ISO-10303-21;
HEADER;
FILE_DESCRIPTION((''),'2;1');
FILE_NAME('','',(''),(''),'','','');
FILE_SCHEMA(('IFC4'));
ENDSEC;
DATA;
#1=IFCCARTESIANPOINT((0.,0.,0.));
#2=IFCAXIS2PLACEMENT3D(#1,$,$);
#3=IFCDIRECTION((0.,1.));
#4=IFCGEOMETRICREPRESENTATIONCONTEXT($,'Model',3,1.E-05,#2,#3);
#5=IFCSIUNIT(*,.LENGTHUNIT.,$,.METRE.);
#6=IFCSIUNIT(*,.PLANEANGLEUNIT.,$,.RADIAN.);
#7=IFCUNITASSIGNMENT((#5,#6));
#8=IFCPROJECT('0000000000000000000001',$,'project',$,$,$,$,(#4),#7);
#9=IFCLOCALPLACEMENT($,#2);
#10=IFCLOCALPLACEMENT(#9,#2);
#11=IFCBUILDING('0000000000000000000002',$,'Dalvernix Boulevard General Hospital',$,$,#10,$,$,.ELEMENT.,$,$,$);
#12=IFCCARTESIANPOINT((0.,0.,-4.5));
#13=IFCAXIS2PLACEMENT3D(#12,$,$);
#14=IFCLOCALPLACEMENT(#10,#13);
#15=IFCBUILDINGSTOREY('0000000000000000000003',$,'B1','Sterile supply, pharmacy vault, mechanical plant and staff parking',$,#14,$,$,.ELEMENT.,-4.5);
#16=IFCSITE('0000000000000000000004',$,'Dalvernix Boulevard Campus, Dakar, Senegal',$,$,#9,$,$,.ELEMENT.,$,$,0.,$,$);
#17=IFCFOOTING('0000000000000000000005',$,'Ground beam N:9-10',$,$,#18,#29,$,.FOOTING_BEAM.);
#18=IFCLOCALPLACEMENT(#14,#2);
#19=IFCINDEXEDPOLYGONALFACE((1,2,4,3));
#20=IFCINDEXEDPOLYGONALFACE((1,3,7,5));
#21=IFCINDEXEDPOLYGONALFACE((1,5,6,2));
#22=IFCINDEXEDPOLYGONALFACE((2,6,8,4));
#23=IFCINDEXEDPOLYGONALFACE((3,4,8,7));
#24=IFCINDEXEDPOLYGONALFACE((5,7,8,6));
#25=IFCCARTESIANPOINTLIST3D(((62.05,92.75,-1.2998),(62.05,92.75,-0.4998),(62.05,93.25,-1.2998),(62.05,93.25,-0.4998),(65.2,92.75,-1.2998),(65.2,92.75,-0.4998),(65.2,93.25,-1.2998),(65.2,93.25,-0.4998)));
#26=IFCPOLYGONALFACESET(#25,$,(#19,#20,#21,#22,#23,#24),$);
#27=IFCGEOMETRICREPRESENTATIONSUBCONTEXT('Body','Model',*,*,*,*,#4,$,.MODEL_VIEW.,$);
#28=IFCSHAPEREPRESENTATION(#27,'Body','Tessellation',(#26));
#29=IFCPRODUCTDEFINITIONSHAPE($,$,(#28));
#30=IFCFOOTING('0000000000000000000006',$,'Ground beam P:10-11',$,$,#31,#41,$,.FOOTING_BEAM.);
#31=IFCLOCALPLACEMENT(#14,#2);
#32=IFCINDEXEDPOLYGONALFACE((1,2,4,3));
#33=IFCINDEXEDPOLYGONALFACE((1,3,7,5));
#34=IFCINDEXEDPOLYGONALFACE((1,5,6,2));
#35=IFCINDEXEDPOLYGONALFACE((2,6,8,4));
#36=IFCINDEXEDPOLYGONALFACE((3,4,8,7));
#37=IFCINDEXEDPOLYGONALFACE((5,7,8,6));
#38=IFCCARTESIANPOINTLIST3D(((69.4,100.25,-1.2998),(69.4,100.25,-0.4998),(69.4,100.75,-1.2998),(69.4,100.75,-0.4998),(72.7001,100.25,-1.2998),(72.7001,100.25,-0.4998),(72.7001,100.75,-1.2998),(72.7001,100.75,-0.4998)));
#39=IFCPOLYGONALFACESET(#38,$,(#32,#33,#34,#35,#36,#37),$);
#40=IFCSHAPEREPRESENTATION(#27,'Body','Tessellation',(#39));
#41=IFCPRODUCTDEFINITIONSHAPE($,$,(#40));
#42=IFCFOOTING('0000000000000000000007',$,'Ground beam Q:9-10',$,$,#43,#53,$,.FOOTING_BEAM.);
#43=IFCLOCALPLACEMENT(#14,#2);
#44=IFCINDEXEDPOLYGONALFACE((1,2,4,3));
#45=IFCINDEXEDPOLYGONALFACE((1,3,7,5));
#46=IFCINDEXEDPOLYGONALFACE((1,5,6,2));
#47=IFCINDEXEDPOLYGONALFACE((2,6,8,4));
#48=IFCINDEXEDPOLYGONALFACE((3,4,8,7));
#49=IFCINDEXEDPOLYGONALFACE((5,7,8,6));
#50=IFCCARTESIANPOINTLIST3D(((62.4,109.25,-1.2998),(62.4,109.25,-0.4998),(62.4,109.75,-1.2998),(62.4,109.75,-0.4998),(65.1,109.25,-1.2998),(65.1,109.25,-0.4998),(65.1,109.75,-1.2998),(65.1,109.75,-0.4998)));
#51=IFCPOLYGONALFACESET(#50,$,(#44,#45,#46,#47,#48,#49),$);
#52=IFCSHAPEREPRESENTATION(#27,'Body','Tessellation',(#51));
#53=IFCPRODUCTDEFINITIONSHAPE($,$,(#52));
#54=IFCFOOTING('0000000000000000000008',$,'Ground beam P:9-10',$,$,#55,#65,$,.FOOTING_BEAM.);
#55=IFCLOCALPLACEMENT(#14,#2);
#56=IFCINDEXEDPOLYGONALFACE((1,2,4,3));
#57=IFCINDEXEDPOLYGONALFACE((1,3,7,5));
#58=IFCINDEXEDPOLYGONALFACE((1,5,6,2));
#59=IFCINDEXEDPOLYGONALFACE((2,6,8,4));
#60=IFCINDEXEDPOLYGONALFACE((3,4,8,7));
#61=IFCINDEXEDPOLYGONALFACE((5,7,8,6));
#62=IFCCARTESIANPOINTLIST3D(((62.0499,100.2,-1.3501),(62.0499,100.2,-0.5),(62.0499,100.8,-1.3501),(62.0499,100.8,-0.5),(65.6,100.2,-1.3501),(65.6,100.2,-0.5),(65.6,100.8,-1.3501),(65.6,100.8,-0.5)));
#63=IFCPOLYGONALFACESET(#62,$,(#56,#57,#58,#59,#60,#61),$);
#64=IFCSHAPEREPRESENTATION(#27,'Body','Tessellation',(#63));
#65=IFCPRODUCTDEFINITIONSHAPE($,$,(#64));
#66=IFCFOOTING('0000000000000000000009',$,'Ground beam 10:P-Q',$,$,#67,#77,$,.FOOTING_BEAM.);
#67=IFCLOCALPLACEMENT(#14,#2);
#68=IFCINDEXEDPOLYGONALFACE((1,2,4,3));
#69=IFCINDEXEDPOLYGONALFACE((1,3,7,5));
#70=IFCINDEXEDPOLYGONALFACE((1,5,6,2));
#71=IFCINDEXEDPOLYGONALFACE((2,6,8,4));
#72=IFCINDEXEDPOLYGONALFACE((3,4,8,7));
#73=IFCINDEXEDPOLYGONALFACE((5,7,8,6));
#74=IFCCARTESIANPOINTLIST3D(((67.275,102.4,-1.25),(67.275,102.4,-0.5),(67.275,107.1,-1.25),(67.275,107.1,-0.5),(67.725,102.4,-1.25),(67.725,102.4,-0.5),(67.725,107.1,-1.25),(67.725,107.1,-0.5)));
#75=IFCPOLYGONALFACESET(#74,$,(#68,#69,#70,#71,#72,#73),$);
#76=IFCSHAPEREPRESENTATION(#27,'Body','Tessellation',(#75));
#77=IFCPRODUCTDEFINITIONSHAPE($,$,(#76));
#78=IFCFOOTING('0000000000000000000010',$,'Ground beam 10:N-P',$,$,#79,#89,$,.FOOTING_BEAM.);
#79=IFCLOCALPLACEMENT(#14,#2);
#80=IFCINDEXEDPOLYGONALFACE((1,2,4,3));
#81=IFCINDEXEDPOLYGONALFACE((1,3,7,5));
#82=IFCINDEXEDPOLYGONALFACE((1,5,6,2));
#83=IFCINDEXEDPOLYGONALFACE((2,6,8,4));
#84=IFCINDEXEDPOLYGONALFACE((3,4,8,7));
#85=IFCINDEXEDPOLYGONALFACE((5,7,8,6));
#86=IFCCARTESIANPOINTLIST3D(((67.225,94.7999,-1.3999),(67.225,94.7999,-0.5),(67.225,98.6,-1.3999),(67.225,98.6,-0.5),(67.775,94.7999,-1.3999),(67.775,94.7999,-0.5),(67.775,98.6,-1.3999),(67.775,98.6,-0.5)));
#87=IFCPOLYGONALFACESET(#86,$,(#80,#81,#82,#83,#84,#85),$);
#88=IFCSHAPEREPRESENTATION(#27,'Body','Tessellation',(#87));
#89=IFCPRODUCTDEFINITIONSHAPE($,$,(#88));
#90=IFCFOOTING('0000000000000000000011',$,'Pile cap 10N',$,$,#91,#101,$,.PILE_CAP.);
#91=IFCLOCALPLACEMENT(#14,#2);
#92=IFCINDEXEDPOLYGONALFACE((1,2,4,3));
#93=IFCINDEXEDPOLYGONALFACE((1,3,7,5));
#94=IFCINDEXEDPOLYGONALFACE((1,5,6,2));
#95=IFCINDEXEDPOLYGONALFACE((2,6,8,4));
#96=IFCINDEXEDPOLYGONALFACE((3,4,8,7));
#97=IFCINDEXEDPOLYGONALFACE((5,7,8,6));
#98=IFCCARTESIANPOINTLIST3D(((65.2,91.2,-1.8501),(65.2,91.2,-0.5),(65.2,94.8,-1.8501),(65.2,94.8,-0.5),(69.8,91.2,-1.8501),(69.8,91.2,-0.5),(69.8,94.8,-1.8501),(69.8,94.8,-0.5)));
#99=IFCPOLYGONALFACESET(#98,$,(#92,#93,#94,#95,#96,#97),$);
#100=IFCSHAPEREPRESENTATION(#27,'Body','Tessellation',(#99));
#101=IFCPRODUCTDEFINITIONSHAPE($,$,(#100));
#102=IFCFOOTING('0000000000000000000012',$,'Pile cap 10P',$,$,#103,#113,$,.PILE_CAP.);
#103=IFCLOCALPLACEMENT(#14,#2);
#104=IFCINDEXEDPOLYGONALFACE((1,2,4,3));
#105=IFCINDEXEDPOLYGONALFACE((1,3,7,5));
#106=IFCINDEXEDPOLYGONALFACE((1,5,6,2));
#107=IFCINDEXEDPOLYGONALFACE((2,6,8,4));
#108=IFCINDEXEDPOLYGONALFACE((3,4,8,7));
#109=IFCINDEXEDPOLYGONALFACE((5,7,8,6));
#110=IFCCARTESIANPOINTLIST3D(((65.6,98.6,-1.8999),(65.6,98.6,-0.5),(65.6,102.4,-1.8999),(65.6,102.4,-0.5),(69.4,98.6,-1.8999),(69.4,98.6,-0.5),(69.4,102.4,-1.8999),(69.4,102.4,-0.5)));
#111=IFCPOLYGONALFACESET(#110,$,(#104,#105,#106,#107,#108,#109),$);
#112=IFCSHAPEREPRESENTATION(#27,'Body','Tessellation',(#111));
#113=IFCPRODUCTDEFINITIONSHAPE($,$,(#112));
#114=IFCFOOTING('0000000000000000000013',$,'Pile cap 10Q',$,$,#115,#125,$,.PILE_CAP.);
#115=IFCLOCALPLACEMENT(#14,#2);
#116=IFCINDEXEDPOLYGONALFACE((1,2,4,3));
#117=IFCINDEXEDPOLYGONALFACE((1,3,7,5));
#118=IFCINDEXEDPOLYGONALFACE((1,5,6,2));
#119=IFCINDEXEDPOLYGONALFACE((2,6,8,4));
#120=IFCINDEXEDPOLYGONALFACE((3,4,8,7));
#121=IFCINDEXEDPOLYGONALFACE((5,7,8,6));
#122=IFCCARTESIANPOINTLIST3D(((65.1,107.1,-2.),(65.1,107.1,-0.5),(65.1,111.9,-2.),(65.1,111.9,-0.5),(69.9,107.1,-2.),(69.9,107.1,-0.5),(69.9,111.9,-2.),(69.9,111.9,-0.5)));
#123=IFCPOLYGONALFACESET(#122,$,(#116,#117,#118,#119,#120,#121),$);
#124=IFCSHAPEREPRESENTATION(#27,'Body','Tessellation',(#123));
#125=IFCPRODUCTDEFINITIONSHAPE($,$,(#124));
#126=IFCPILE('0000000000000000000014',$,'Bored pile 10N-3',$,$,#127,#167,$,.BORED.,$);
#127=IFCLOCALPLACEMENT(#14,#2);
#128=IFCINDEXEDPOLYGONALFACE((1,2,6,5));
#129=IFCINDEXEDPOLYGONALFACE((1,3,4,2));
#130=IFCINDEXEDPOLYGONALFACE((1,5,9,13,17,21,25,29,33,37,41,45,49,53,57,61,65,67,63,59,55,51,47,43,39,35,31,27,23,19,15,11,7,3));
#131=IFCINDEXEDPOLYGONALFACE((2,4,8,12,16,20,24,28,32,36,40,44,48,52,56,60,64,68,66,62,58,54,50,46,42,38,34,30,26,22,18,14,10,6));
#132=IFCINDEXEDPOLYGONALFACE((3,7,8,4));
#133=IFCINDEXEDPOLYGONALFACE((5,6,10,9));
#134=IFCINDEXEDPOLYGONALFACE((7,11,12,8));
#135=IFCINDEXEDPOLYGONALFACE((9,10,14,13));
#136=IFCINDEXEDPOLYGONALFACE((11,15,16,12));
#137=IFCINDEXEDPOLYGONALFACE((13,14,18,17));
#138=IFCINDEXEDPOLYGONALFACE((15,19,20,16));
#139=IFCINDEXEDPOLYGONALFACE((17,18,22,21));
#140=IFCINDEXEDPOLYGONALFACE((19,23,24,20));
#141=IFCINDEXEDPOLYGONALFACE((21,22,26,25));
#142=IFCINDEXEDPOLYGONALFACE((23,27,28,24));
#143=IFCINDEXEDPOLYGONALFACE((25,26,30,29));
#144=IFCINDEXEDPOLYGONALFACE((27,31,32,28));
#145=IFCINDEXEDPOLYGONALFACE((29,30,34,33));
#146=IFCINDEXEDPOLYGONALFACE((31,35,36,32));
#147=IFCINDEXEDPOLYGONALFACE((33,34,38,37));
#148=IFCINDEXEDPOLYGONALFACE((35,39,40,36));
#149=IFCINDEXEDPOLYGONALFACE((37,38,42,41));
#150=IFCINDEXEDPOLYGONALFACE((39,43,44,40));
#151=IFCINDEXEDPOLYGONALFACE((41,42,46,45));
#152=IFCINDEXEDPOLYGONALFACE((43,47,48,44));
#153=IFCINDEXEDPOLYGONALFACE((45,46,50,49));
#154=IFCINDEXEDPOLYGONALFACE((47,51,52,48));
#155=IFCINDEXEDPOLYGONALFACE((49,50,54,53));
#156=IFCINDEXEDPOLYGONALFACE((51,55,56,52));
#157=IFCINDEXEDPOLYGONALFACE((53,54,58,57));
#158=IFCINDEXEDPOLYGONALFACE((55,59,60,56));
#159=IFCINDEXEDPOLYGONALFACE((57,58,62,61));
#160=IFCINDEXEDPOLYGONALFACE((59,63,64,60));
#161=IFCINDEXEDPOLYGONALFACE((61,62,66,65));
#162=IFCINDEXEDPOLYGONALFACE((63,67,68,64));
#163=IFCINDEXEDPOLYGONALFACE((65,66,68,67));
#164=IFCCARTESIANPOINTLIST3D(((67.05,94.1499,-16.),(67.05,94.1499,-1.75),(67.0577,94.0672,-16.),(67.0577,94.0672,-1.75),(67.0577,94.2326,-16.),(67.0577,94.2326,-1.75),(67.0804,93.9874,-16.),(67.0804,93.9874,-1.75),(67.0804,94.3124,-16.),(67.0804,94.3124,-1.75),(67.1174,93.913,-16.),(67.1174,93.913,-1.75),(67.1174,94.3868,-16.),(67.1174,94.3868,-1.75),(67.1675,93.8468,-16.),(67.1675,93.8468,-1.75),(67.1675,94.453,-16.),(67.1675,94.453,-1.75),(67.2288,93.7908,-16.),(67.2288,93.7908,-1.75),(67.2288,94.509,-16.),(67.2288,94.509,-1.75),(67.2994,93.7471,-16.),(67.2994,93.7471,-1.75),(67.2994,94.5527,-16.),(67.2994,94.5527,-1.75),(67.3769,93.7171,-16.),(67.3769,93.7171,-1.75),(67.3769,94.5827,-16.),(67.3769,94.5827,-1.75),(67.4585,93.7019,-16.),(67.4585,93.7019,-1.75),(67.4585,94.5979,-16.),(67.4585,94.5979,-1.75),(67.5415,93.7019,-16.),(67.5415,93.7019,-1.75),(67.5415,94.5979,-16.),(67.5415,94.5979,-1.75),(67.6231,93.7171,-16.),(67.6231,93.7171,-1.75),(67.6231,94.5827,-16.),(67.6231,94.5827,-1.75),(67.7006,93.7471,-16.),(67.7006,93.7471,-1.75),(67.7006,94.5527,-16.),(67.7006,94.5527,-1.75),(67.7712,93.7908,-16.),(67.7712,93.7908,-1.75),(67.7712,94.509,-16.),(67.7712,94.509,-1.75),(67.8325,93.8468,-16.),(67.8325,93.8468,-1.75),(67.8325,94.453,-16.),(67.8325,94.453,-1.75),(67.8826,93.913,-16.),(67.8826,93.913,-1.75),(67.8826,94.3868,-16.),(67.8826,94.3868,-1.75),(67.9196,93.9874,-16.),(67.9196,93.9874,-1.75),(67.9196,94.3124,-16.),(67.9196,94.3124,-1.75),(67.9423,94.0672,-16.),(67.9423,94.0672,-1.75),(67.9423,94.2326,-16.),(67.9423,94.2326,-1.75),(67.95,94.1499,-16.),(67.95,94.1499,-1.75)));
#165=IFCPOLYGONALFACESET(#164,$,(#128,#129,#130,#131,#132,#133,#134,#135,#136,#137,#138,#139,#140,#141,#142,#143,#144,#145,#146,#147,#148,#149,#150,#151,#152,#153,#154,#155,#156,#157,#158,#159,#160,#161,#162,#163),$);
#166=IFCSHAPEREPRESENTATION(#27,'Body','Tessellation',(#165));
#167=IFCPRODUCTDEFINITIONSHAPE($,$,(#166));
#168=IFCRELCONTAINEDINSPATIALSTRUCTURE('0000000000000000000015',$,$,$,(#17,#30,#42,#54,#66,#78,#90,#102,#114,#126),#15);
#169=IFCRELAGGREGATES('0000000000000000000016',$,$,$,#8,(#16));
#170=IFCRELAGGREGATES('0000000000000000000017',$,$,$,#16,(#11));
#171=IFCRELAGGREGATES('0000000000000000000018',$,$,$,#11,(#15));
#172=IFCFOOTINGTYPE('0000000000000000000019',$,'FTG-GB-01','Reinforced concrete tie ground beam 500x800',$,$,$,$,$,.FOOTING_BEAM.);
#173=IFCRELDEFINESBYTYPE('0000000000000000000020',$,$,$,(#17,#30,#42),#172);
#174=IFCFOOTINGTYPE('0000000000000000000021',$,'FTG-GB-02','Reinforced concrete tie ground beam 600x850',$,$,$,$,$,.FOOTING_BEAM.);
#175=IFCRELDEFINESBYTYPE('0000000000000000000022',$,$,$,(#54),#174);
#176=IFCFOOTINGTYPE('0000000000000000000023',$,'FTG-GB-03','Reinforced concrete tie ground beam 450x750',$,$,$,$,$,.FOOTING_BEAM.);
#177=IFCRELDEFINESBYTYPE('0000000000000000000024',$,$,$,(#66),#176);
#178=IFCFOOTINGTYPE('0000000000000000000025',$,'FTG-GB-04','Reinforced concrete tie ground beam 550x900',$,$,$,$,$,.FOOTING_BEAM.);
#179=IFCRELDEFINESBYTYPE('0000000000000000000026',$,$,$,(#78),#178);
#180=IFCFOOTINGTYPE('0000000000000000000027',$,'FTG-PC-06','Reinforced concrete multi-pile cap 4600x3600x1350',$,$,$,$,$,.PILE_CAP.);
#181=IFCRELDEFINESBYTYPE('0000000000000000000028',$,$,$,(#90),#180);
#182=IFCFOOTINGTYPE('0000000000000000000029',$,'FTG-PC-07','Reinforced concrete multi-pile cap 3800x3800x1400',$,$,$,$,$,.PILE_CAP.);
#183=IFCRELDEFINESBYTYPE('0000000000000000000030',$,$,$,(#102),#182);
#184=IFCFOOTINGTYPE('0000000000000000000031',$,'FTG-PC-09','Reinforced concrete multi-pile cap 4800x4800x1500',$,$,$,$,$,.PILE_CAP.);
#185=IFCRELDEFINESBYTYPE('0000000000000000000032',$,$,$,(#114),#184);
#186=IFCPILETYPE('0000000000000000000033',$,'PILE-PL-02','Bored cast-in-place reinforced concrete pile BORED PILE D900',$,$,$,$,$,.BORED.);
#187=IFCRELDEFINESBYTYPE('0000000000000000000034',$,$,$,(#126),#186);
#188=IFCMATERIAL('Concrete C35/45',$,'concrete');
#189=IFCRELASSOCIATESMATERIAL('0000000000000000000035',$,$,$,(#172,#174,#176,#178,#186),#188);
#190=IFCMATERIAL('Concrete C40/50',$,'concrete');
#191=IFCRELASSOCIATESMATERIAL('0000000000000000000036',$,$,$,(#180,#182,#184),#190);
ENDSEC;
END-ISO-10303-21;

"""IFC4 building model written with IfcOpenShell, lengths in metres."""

from ifc_helpers import new_model, si_unit, direction, frame, origin, origin_2d, place, context, subcontext, project, spatial, rectangle, circle, extrude, material, material_profile, profile_set, type_object, element, save


model = new_model("IFC4")

# Units and contexts
model_context = context("Model", 3, precision=1e-05, world=origin(), true_north=direction((0.0, 1.0)))
body_context = subcontext(model_context, "Body", "Model", "MODEL_VIEW")
ifc_project = project(units=[si_unit("LENGTHUNIT", "METRE"), si_unit("PLANEANGLEUNIT", "RADIAN")], contexts=[model_context])

# Site, building, storey
site_placement = place(None, origin())
site = spatial("IfcSite", under=ifc_project, at=site_placement, Name="Dalvernix Boulevard Campus, Dakar, Senegal", CompositionType="ELEMENT", RefElevation=0.0)
building_placement = place(site_placement, origin())
building = spatial("IfcBuilding", under=site, at=building_placement, Name="Dalvernix Boulevard General Hospital", CompositionType="ELEMENT")
storey_placement = place(building_placement, frame((0.0, 0.0, -4.5)))
storey = spatial("IfcBuildingStorey", under=building, at=storey_placement, Name="B1", Description="Sterile supply, pharmacy vault, mechanical plant and staff parking", CompositionType="ELEMENT", Elevation=-4.5)

# Footings
ifc_material_1 = material(Name="Concrete C35/45", Category="concrete")
footing_type_1 = type_object("IfcFootingType", Name="FTG-GB-01", Description="Reinforced concrete tie ground beam 500x800", PredefinedType="FOOTING_BEAM", material=ifc_material_1)
footing_1_placement = place(storey_placement, frame((63.625, 93.0, -1.2998), z_axis=(0.0, 0.0, 1.0), x_axis=(1.0, 0.0, 0.0)))
element("IfcFooting", 1, at=footing_1_placement, inside=storey, type_object=footing_type_1, Name="Ground beam N:9-10", PredefinedType="FOOTING_BEAM", context=body_context, shape_type="SweptSolid", body=[
    extrude(rectangle(XDim=3.1499, YDim=0.5, at=origin_2d()), origin(), (0.0, 0.0, 1.0), 0.8),
])
footing_2_placement = place(storey_placement, frame((71.05, 100.5, -1.2998), z_axis=(0.0, 0.0, 1.0), x_axis=(1.0, 0.0, 0.0)))
element("IfcFooting", 2, at=footing_2_placement, inside=storey, type_object=footing_type_1, Name="Ground beam P:10-11", PredefinedType="FOOTING_BEAM", context=body_context, shape_type="SweptSolid", body=[
    extrude(rectangle(XDim=3.3, YDim=0.5, at=origin_2d()), origin(), (0.0, 0.0, 1.0), 0.8),
])
footing_3_placement = place(storey_placement, frame((63.75, 109.5, -1.2998), z_axis=(0.0, 0.0, 1.0), x_axis=(1.0, 0.0, 0.0)))
element("IfcFooting", 3, at=footing_3_placement, inside=storey, type_object=footing_type_1, Name="Ground beam Q:9-10", PredefinedType="FOOTING_BEAM", context=body_context, shape_type="SweptSolid", body=[
    extrude(rectangle(XDim=2.7, YDim=0.5, at=origin_2d()), origin(), (0.0, 0.0, 1.0), 0.8),
])
footing_type_2 = type_object("IfcFootingType", Name="FTG-GB-02", Description="Reinforced concrete tie ground beam 600x850", PredefinedType="FOOTING_BEAM", material=ifc_material_1)
footing_4_placement = place(storey_placement, frame((63.825, 100.5, -1.3501), z_axis=(0.0, 0.0, 1.0), x_axis=(1.0, 0.0, 0.0)))
element("IfcFooting", 4, at=footing_4_placement, inside=storey, type_object=footing_type_2, Name="Ground beam P:9-10", PredefinedType="FOOTING_BEAM", context=body_context, shape_type="SweptSolid", body=[
    extrude(rectangle(XDim=3.55, YDim=0.6001, at=origin_2d()), origin(), (0.0, 0.0, 1.0), 0.8501),
])
footing_type_3 = type_object("IfcFootingType", Name="FTG-GB-03", Description="Reinforced concrete tie ground beam 450x750", PredefinedType="FOOTING_BEAM", material=ifc_material_1)
footing_5_placement = place(storey_placement, frame((67.5, 104.75, -1.25), z_axis=(0.0, 0.0, 1.0), x_axis=(0.0, 1.0, 0.0)))
element("IfcFooting", 5, at=footing_5_placement, inside=storey, type_object=footing_type_3, Name="Ground beam 10:P-Q", PredefinedType="FOOTING_BEAM", context=body_context, shape_type="SweptSolid", body=[
    extrude(rectangle(XDim=4.7, YDim=0.45, at=origin_2d()), origin(), (0.0, 0.0, 1.0), 0.75),
])
footing_type_4 = type_object("IfcFootingType", Name="FTG-GB-04", Description="Reinforced concrete tie ground beam 550x900", PredefinedType="FOOTING_BEAM", material=ifc_material_1)
footing_6_placement = place(storey_placement, frame((67.5, 96.7, -1.3999), z_axis=(0.0, 0.0, 1.0), x_axis=(0.0, 1.0, 0.0)))
element("IfcFooting", 6, at=footing_6_placement, inside=storey, type_object=footing_type_4, Name="Ground beam 10:N-P", PredefinedType="FOOTING_BEAM", context=body_context, shape_type="SweptSolid", body=[
    extrude(rectangle(XDim=3.8, YDim=0.55, at=origin_2d()), origin(), (0.0, 0.0, 1.0), 0.8999),
])
ifc_material_2 = material(Name="Concrete C40/50", Category="concrete")
footing_type_5 = type_object("IfcFootingType", Name="FTG-PC-06", Description="Reinforced concrete multi-pile cap 4600x3600x1350", PredefinedType="PILE_CAP", material=ifc_material_2)
footing_7_placement = place(storey_placement, frame((67.5, 93.0, -1.8501), z_axis=(0.0, 0.0, 1.0), x_axis=(1.0, 0.0, 0.0)))
element("IfcFooting", 7, at=footing_7_placement, inside=storey, type_object=footing_type_5, Name="Pile cap 10N", PredefinedType="PILE_CAP", context=body_context, shape_type="SweptSolid", body=[
    extrude(rectangle(XDim=4.6001, YDim=3.6001, at=origin_2d()), origin(), (0.0, 0.0, 1.0), 1.3501),
])
footing_type_6 = type_object("IfcFootingType", Name="FTG-PC-07", Description="Reinforced concrete multi-pile cap 3800x3800x1400", PredefinedType="PILE_CAP", material=ifc_material_2)
footing_8_placement = place(storey_placement, frame((67.5, 100.5, -1.8999), z_axis=(0.0, 0.0, 1.0), x_axis=(1.0, 0.0, 0.0)))
element("IfcFooting", 8, at=footing_8_placement, inside=storey, type_object=footing_type_6, Name="Pile cap 10P", PredefinedType="PILE_CAP", context=body_context, shape_type="SweptSolid", body=[
    extrude(rectangle(XDim=3.8, YDim=3.8, at=origin_2d()), origin(), (0.0, 0.0, 1.0), 1.3999),
])
footing_type_7 = type_object("IfcFootingType", Name="FTG-PC-09", Description="Reinforced concrete multi-pile cap 4800x4800x1500", PredefinedType="PILE_CAP", material=ifc_material_2)
footing_9_placement = place(storey_placement, frame((67.5, 109.5, -2.0), z_axis=(0.0, 0.0, 1.0), x_axis=(1.0, 0.0, 0.0)))
element("IfcFooting", 9, at=footing_9_placement, inside=storey, type_object=footing_type_7, Name="Pile cap 10Q", PredefinedType="PILE_CAP", context=body_context, shape_type="SweptSolid", body=[
    extrude(rectangle(XDim=4.8, YDim=4.8, at=origin_2d()), origin(), (0.0, 0.0, 1.0), 1.5),
])

# Pile
ifc_material_profile_1 = material_profile(ifc_material_1, circle(Radius=0.45, at=origin_2d()), Name="BORED PILE D900")
ifc_profile_set_1 = profile_set([ifc_material_profile_1], Name="Concrete C35/45")
pile_type_1 = type_object("IfcPileType", Name="PILE-PL-02", Description="Bored cast-in-place reinforced concrete pile BORED PILE D900", PredefinedType="BORED", material=ifc_profile_set_1)
pile_placement = place(storey_placement, frame((67.5, 94.1499, -1.75), z_axis=(0.0, 0.0, -1.0), x_axis=(1.0, 0.0, 0.0)))
element("IfcPile", 10, at=pile_placement, inside=storey, type_object=pile_type_1, Name="Bored pile 10N-3", PredefinedType="BORED", context=body_context, shape_type="SweptSolid", body=[
    extrude(circle(Radius=0.45, at=origin_2d()), origin(), (0.0, 0.0, 1.0), 14.25),
])

save(model, "model.ifc")
